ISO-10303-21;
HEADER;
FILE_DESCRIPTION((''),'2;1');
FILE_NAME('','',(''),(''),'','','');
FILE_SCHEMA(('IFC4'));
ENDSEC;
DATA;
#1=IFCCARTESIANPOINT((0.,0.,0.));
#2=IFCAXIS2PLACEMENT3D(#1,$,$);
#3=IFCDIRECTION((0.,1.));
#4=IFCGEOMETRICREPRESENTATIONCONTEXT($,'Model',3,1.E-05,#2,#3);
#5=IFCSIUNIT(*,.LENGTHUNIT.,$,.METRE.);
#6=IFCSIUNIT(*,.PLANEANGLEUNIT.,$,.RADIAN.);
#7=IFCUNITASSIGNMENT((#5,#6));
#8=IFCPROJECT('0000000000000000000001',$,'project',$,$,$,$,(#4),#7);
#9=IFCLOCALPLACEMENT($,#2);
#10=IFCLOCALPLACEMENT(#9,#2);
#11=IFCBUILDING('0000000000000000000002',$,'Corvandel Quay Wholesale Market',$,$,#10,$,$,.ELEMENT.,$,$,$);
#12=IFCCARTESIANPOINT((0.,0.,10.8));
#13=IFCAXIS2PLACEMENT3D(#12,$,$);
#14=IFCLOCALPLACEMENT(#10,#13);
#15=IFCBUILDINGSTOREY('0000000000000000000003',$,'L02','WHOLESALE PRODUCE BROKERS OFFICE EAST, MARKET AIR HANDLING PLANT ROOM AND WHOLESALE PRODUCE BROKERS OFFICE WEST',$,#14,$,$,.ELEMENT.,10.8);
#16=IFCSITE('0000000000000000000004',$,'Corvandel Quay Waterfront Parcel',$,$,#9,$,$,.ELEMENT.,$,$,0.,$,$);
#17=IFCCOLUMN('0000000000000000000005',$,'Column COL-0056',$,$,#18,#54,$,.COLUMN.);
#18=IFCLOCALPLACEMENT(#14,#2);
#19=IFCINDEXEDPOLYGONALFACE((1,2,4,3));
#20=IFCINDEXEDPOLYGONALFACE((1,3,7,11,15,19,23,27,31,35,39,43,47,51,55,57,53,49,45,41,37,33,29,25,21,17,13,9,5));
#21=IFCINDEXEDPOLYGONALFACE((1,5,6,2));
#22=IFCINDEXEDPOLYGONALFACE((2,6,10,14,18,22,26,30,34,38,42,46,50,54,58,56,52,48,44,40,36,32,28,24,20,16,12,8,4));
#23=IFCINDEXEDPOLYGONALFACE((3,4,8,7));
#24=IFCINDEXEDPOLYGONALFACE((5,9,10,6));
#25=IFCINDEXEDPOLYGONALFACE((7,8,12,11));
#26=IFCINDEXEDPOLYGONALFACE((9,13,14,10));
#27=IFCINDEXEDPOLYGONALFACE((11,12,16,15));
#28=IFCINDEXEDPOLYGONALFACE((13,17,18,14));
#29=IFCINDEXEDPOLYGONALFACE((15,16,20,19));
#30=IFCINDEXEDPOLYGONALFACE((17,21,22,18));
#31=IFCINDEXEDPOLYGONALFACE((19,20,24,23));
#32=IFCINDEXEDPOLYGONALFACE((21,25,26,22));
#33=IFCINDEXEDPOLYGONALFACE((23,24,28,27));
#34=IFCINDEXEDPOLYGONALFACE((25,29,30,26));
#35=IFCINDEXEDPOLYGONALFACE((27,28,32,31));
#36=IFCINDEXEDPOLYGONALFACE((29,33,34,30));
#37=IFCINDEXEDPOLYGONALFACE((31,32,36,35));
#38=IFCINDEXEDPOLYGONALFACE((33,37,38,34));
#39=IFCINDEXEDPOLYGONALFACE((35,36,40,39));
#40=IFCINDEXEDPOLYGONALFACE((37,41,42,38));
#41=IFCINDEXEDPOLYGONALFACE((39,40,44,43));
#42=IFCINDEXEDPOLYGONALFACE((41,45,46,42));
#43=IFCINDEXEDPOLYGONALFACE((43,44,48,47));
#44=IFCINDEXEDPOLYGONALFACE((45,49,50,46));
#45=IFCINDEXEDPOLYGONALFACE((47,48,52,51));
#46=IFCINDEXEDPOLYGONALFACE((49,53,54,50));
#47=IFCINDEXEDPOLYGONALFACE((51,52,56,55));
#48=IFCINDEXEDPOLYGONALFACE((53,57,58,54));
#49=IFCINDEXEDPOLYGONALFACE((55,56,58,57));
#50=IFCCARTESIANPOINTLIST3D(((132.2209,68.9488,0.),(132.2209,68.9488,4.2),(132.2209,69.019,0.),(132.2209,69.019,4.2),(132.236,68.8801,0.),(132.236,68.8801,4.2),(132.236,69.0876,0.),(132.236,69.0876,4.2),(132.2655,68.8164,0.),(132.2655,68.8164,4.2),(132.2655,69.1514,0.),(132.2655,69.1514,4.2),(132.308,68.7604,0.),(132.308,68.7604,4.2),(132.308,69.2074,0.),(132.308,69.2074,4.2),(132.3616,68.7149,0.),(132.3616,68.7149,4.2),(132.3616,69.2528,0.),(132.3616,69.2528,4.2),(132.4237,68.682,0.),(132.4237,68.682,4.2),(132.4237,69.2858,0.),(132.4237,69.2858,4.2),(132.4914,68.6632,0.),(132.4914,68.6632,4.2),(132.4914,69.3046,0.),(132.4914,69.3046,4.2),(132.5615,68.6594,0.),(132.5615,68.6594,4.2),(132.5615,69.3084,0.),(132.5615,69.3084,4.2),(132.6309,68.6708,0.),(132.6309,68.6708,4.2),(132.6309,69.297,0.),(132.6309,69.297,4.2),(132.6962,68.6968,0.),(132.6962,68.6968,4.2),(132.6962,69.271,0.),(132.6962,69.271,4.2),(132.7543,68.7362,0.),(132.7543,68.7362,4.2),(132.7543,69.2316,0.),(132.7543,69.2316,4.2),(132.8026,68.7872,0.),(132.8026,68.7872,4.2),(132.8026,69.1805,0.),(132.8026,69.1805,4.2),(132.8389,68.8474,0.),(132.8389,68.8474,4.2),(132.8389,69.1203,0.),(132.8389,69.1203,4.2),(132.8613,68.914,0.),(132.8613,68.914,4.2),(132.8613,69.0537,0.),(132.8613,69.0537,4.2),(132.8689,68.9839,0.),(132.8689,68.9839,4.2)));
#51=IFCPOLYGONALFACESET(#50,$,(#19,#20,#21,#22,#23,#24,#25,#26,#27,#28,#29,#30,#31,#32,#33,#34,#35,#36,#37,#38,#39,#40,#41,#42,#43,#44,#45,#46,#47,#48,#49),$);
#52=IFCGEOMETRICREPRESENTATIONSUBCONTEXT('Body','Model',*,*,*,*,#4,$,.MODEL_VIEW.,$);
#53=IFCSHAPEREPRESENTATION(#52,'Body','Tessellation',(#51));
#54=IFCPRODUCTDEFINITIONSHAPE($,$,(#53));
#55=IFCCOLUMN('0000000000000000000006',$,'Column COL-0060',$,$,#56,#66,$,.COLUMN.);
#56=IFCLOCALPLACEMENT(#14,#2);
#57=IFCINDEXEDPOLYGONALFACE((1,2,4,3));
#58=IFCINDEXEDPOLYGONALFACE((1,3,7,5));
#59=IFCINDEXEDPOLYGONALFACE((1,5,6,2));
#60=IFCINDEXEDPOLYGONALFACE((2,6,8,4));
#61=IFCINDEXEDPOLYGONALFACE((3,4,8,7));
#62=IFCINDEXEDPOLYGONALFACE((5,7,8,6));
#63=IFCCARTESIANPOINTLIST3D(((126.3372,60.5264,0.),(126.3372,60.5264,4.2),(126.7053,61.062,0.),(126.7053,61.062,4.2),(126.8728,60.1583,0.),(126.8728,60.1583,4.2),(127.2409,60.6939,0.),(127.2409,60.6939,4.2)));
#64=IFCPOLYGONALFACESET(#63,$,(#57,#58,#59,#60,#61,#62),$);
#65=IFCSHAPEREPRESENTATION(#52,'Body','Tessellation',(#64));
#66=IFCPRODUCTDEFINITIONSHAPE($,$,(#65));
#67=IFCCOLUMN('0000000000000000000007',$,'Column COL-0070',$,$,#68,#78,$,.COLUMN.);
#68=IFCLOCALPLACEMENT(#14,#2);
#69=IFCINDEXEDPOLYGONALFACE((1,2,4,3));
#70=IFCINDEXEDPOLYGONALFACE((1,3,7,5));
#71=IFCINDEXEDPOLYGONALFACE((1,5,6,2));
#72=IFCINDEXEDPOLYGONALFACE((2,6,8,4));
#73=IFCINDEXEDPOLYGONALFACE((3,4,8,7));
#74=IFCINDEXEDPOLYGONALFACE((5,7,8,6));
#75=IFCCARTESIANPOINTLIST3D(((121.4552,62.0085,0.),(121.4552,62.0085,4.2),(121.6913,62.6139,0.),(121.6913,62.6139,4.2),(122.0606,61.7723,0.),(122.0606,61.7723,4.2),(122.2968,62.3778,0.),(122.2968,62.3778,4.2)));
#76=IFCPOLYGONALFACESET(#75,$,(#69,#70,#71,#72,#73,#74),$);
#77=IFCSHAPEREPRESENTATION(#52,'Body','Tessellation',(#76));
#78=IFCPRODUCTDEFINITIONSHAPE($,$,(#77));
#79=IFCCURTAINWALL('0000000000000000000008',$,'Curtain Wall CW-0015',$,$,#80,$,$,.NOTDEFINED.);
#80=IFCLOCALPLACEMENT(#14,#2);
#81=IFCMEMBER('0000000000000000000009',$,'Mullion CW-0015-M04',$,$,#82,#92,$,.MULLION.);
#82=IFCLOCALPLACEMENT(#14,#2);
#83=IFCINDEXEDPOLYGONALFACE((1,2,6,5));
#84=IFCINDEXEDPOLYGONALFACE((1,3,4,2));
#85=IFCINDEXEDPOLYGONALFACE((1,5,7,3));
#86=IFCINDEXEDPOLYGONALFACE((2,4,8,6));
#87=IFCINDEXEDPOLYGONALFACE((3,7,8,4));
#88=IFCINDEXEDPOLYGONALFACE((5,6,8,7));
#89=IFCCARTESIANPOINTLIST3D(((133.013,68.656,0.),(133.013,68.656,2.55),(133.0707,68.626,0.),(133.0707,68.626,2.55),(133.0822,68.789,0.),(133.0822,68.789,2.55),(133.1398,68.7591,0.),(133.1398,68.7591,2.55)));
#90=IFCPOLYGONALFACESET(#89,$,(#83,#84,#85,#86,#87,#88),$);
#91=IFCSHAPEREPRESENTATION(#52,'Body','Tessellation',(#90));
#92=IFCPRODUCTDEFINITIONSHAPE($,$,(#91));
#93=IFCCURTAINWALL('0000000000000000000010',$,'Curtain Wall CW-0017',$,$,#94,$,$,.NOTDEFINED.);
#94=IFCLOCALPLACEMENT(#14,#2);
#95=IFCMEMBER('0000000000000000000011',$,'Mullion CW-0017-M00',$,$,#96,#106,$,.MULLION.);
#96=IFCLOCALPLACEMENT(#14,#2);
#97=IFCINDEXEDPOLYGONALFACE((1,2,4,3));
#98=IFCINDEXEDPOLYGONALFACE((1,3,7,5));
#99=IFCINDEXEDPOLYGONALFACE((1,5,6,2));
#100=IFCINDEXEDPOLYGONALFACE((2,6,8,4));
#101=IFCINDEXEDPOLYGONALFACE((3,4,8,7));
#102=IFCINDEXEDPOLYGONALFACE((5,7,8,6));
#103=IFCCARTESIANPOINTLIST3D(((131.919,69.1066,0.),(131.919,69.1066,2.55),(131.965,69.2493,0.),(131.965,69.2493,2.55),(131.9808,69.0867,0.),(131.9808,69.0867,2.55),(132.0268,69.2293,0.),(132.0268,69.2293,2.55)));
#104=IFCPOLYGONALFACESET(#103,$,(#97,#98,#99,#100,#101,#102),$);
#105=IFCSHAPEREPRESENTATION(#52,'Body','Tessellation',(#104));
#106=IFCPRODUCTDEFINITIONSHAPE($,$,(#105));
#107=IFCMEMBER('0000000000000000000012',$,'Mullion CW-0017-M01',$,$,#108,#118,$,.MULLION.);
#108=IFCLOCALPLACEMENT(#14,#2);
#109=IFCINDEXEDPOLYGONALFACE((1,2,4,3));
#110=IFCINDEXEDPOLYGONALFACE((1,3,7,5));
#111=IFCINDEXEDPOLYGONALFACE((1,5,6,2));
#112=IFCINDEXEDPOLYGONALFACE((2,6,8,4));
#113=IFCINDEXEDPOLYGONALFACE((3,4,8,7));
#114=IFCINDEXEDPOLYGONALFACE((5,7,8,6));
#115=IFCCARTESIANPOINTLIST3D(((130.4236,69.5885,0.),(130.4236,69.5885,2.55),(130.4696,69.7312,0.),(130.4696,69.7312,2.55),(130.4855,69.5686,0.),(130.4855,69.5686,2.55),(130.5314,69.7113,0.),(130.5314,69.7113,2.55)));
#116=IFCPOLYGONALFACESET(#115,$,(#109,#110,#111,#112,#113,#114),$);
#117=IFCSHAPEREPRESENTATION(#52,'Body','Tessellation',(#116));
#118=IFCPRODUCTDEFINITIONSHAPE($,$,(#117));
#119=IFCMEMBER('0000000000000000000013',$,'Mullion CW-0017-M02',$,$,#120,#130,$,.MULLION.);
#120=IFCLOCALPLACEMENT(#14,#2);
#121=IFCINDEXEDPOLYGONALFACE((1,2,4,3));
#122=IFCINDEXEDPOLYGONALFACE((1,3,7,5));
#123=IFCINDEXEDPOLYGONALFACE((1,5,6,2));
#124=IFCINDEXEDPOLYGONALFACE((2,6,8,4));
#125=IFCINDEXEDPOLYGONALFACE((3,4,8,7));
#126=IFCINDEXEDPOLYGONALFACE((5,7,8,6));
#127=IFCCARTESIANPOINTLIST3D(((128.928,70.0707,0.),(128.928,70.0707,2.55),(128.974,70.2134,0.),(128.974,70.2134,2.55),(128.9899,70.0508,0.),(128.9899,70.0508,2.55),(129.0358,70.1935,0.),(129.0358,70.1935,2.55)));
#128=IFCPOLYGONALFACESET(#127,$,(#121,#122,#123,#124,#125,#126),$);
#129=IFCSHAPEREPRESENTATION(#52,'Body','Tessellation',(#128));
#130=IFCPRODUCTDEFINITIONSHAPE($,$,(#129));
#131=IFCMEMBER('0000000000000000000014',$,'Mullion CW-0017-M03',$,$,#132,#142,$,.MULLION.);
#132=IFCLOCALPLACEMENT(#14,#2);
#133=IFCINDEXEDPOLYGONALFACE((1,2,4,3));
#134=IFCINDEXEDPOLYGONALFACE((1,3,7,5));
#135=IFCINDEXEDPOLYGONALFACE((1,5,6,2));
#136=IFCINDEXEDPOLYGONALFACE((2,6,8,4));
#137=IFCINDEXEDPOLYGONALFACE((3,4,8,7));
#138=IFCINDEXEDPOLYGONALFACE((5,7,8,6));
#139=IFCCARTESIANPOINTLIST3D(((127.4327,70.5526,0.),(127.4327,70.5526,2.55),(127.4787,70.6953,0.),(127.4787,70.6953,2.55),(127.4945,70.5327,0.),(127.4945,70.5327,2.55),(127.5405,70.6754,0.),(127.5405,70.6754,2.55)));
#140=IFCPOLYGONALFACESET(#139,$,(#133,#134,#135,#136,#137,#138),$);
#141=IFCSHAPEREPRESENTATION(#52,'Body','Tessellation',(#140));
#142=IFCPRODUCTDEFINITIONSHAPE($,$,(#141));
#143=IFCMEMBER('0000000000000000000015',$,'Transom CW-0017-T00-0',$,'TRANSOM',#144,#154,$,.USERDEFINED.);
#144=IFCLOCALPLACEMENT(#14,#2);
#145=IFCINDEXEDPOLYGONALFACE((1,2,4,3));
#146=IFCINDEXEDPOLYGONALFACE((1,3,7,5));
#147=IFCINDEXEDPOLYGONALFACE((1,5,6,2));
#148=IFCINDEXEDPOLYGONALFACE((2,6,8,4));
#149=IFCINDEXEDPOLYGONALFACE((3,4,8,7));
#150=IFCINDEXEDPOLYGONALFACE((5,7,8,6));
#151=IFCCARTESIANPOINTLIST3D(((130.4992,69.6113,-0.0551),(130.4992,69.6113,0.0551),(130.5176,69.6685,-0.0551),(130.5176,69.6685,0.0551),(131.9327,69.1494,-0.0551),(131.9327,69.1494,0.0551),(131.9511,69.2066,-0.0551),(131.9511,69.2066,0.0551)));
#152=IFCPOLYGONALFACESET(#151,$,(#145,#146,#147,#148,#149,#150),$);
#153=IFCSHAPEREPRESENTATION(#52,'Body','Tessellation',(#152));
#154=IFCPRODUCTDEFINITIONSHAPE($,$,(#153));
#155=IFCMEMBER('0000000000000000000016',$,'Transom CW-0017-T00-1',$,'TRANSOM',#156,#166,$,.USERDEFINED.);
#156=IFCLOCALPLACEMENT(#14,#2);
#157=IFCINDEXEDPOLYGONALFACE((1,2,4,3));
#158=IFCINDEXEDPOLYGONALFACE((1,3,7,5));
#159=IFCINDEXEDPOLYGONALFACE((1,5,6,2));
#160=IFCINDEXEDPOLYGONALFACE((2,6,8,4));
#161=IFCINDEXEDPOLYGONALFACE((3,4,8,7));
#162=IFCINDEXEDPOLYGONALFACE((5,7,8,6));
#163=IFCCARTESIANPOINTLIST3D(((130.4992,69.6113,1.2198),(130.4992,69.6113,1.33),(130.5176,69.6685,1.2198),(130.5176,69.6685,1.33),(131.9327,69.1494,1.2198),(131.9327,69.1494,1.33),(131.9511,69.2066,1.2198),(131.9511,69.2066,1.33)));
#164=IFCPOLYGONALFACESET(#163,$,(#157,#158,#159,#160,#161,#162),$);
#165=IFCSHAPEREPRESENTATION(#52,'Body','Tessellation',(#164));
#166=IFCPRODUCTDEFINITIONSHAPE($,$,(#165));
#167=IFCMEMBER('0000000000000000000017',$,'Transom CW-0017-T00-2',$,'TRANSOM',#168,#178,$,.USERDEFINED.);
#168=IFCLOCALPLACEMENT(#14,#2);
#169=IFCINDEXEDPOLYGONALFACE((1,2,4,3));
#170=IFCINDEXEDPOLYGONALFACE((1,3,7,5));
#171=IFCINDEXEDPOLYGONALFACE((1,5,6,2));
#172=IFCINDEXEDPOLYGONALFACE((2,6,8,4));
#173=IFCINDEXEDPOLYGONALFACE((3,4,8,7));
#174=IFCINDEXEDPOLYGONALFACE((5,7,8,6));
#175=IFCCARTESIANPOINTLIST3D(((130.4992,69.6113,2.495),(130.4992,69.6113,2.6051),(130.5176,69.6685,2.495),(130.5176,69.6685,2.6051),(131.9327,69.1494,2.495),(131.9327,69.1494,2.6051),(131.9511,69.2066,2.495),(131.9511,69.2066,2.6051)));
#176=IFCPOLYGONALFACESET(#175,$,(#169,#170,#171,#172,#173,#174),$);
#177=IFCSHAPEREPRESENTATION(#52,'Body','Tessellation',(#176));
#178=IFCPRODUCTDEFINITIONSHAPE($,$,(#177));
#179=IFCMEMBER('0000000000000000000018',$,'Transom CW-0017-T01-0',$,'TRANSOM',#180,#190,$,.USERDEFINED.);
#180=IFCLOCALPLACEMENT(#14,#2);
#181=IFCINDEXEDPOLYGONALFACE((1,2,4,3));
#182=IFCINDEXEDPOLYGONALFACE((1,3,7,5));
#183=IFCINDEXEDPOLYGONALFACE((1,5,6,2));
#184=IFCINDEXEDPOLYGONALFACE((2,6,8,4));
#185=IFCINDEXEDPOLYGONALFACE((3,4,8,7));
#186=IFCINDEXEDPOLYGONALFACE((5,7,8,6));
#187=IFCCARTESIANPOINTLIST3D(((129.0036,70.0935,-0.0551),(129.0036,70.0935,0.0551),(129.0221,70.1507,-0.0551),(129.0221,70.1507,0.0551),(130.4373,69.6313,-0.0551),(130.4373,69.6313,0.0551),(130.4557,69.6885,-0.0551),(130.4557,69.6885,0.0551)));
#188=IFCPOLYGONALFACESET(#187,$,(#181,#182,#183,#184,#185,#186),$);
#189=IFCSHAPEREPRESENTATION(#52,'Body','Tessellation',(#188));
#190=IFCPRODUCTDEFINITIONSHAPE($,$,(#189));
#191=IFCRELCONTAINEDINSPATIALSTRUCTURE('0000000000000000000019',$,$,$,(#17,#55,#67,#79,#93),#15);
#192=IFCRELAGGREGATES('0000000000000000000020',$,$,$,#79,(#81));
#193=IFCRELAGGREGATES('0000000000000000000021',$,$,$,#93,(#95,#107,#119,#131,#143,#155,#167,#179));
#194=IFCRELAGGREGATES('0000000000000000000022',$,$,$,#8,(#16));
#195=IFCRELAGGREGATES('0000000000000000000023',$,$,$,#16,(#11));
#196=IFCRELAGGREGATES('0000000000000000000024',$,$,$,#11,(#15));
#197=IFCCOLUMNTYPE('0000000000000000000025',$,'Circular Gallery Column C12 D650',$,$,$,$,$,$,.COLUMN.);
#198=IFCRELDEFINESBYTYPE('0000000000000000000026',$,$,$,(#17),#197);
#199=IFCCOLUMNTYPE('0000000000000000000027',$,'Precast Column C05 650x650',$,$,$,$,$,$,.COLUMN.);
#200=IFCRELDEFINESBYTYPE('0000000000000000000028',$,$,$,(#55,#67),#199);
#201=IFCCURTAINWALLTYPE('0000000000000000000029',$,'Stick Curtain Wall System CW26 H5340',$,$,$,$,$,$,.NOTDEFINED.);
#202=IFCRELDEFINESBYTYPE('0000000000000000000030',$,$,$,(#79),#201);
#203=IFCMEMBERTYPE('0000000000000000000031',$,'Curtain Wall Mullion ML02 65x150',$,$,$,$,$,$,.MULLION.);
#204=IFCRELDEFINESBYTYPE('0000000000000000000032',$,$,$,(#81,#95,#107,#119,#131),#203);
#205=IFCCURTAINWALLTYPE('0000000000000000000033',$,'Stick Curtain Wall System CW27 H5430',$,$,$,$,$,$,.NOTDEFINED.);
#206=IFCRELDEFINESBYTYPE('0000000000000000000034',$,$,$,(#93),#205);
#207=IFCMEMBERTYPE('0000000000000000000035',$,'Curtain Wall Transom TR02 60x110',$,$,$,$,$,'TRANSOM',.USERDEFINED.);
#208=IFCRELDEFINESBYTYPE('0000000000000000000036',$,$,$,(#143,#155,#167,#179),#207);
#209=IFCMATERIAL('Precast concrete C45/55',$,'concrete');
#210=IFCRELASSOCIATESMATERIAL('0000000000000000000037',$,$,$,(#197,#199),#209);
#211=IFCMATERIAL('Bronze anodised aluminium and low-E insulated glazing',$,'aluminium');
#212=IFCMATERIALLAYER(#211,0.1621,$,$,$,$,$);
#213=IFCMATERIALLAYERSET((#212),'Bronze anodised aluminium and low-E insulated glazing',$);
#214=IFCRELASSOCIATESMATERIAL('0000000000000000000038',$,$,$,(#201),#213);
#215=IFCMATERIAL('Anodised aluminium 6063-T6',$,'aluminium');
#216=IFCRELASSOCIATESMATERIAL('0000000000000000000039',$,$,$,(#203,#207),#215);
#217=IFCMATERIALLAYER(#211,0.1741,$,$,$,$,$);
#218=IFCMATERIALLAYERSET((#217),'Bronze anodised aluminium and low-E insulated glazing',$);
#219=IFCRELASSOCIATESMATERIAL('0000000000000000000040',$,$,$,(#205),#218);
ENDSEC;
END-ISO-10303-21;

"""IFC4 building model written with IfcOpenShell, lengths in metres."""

from ifc_helpers import new_model, si_unit, direction, frame, origin, origin_2d, place, context, subcontext, project, spatial, rectangle, circle, extrude, material, layer, layer_set, material_profile, profile_set, type_object, element, aggregate, save


model = new_model("IFC4")

# Units and contexts
model_context = context("Model", 3, precision=1e-05, world=origin(), true_north=direction((0.0, 1.0)))
body_context = subcontext(model_context, "Body", "Model", "MODEL_VIEW")
ifc_project = project(units=[si_unit("LENGTHUNIT", "METRE"), si_unit("PLANEANGLEUNIT", "RADIAN")], contexts=[model_context])

# Site, building, storey
site_placement = place(None, origin())
site = spatial("IfcSite", under=ifc_project, at=site_placement, Name="Corvandel Quay Waterfront Parcel", CompositionType="ELEMENT", RefElevation=0.0)
building_placement = place(site_placement, origin())
building = spatial("IfcBuilding", under=site, at=building_placement, Name="Corvandel Quay Wholesale Market", CompositionType="ELEMENT")
storey_placement = place(building_placement, frame((0.0, 0.0, 10.8)))
storey = spatial("IfcBuildingStorey", under=building, at=storey_placement, Name="L02", Description="WHOLESALE PRODUCE BROKERS OFFICE EAST, MARKET AIR HANDLING PLANT ROOM AND WHOLESALE PRODUCE BROKERS OFFICE WEST", CompositionType="ELEMENT", Elevation=10.8)

# Columns
ifc_material_1 = material(Name="Precast concrete C45/55", Category="concrete")
ifc_material_profile_1 = material_profile(ifc_material_1, circle(Radius=0.325, at=origin_2d()), Name="PC-COL-D650")
ifc_profile_set_1 = profile_set([ifc_material_profile_1], Name="Precast concrete C45/55")
column_type_1 = type_object("IfcColumnType", Name="Circular Gallery Column C12 D650", PredefinedType="COLUMN", material=ifc_profile_set_1)
column_placement = place(storey_placement, frame((132.5439, 68.9839, 0.0), z_axis=(0.0, 0.0, 1.0), x_axis=(1.0, 0.0, 0.0)))
element("IfcColumn", 1, at=column_placement, inside=storey, type_object=column_type_1, Name="Column COL-0056", PredefinedType="COLUMN", context=body_context, shape_type="SweptSolid", body=[
    extrude(circle(Radius=0.325, at=origin_2d()), origin(), (0.0, 0.0, 1.0), 4.2),
])
ifc_material_profile_2 = material_profile(ifc_material_1, rectangle(XDim=0.6499, YDim=0.6499, at=origin_2d()), Name="PC-COL-650x650")
ifc_profile_set_2 = profile_set([ifc_material_profile_2], Name="Precast concrete C45/55")
column_type_2 = type_object("IfcColumnType", Name="Precast Column C05 650x650", PredefinedType="COLUMN", material=ifc_profile_set_2)
for number, where, z_axis, x_axis, name in (
    (2, (126.7891, 60.6101, 0.0), (0.0, 0.0, 1.0), (-0.824126, 0.566406, 0.0), "Column COL-0060"),
    (3, (121.876, 62.1931, 0.0), (0.0, 0.0, 1.0), (-0.931628, 0.363414, 0.0), "Column COL-0070"),
):
    element("IfcColumn", number, at=place(storey_placement, frame(where, z_axis=z_axis, x_axis=x_axis)), inside=storey, type_object=column_type_2, Name=name, PredefinedType="COLUMN", context=body_context, shape_type="SweptSolid", body=[
        extrude(rectangle(XDim=0.6499, YDim=0.6499, at=origin_2d()), origin(), (0.0, 0.0, 1.0), 4.2),
    ])

# Curtain wall, member
ifc_material_2 = material(Name="Bronze anodised aluminium and low-E insulated glazing", Category="aluminium")
ifc_layer_1 = layer(ifc_material_2, 0.1621)
ifc_layer_set_1 = layer_set([ifc_layer_1], Name="Bronze anodised aluminium and low-E insulated glazing")
curtain_wall_type_1 = type_object("IfcCurtainWallType", Name="Stick Curtain Wall System CW26 H5340", PredefinedType="NOTDEFINED", material=ifc_layer_set_1)
curtain_wall_1_placement = place(storey_placement, origin())
curtain_wall_1 = element("IfcCurtainWall", 4, at=curtain_wall_1_placement, inside=storey, type_object=curtain_wall_type_1, Name="Curtain Wall CW-0015", PredefinedType="NOTDEFINED")
ifc_material_3 = material(Name="Anodised aluminium 6063-T6", Category="aluminium")
ifc_material_profile_3 = material_profile(ifc_material_3, rectangle(XDim=0.0649, YDim=0.1499, at=origin_2d()), Name="ALU-MUL-65x150")
ifc_profile_set_3 = profile_set([ifc_material_profile_3], Name="Anodised aluminium 6063-T6")
member_type_1 = type_object("IfcMemberType", Name="Curtain Wall Mullion ML02 65x150", PredefinedType="MULLION", material=ifc_profile_set_3)
member_1_placement = place(storey_placement, frame((133.0764, 68.7075, 0.0), z_axis=(0.0, 0.0, 1.0), x_axis=(-0.887333, 0.461129, 0.0)))
member_1 = element("IfcMember", 5, at=member_1_placement, type_object=member_type_1, Name="Mullion CW-0015-M04", PredefinedType="MULLION", context=body_context, shape_type="SweptSolid", body=[
    extrude(rectangle(XDim=0.0649, YDim=0.1499, at=origin_2d()), origin(), (0.0, 0.0, 1.0), 2.55),
])
aggregate(curtain_wall_1, [member_1])

# Curtain wall, members
ifc_layer_2 = layer(ifc_material_2, 0.1741)
ifc_layer_set_2 = layer_set([ifc_layer_2], Name="Bronze anodised aluminium and low-E insulated glazing")
curtain_wall_type_2 = type_object("IfcCurtainWallType", Name="Stick Curtain Wall System CW27 H5430", PredefinedType="NOTDEFINED", material=ifc_layer_set_2)
curtain_wall_2_placement = place(storey_placement, origin())
curtain_wall_2 = element("IfcCurtainWall", 6, at=curtain_wall_2_placement, inside=storey, type_object=curtain_wall_type_2, Name="Curtain Wall CW-0017", PredefinedType="NOTDEFINED")
member_2_placement = place(storey_placement, frame((131.9729, 69.168, 0.0), z_axis=(0.0, 0.0, 1.0), x_axis=(-0.951809, 0.306692, 0.0)))
member_2 = element("IfcMember", 7, at=member_2_placement, type_object=member_type_1, Name="Mullion CW-0017-M00", PredefinedType="MULLION", context=body_context, shape_type="SweptSolid", body=[
    extrude(rectangle(XDim=0.0649, YDim=0.1499, at=origin_2d()), origin(), (0.0, 0.0, 1.0), 2.55),
])
member_3_placement = place(storey_placement, frame((130.4775, 69.6499, 0.0), z_axis=(0.0, 0.0, 1.0), x_axis=(-0.951809, 0.306692, 0.0)))
member_3 = element("IfcMember", 8, at=member_3_placement, type_object=member_type_1, Name="Mullion CW-0017-M01", PredefinedType="MULLION", context=body_context, shape_type="SweptSolid", body=[
    extrude(rectangle(XDim=0.0649, YDim=0.1499, at=origin_2d()), origin(), (0.0, 0.0, 1.0), 2.55),
])
member_4_placement = place(storey_placement, frame((128.9819, 70.1321, 0.0), z_axis=(0.0, 0.0, 1.0), x_axis=(-0.951809, 0.306692, 0.0)))
member_4 = element("IfcMember", 9, at=member_4_placement, type_object=member_type_1, Name="Mullion CW-0017-M02", PredefinedType="MULLION", context=body_context, shape_type="SweptSolid", body=[
    extrude(rectangle(XDim=0.0649, YDim=0.1499, at=origin_2d()), origin(), (0.0, 0.0, 1.0), 2.55),
])
member_5_placement = place(storey_placement, frame((127.4866, 70.614, 0.0), z_axis=(0.0, 0.0, 1.0), x_axis=(-0.951809, 0.306692, 0.0)))
member_5 = element("IfcMember", 10, at=member_5_placement, type_object=member_type_1, Name="Mullion CW-0017-M03", PredefinedType="MULLION", context=body_context, shape_type="SweptSolid", body=[
    extrude(rectangle(XDim=0.0649, YDim=0.1499, at=origin_2d()), origin(), (0.0, 0.0, 1.0), 2.55),
])
ifc_material_profile_4 = material_profile(ifc_material_3, rectangle(XDim=0.0601, YDim=0.1101, at=origin_2d()), Name="ALU-TRN-60x110")
ifc_profile_set_4 = profile_set([ifc_material_profile_4], Name="Anodised aluminium 6063-T6")
member_type_2 = type_object("IfcMemberType", Name="Curtain Wall Transom TR02 60x110", ElementType="TRANSOM", PredefinedType="USERDEFINED", material=ifc_profile_set_4)
member_6_placement = place(storey_placement, frame((131.9419, 69.178, 0.0), z_axis=(-0.951812, 0.306681, 0.0), x_axis=(-0.306681, -0.951812, 0.0)))
member_6 = element("IfcMember", 11, at=member_6_placement, type_object=member_type_2, Name="Transom CW-0017-T00-0", ObjectType="TRANSOM", PredefinedType="USERDEFINED", context=body_context, shape_type="SweptSolid", body=[
    extrude(rectangle(XDim=0.0601, YDim=0.1101, at=origin_2d()), origin(), (0.0, 0.0, 1.0), 1.5061),
])
member_7_placement = place(storey_placement, frame((131.9419, 69.178, 1.2749), z_axis=(-0.951812, 0.306681, 0.0), x_axis=(-0.306681, -0.951812, 0.0)))
member_7 = element("IfcMember", 12, at=member_7_placement, type_object=member_type_2, Name="Transom CW-0017-T00-1", ObjectType="TRANSOM", PredefinedType="USERDEFINED", context=body_context, shape_type="SweptSolid", body=[
    extrude(rectangle(XDim=0.0601, YDim=0.1101, at=origin_2d()), origin(), (0.0, 0.0, 1.0), 1.5061),
])
member_8_placement = place(storey_placement, frame((131.9419, 69.178, 2.55), z_axis=(-0.951812, 0.306681, 0.0), x_axis=(-0.306681, -0.951812, 0.0)))
member_8 = element("IfcMember", 13, at=member_8_placement, type_object=member_type_2, Name="Transom CW-0017-T00-2", ObjectType="TRANSOM", PredefinedType="USERDEFINED", context=body_context, shape_type="SweptSolid", body=[
    extrude(rectangle(XDim=0.0601, YDim=0.1101, at=origin_2d()), origin(), (0.0, 0.0, 1.0), 1.5061),
])
member_9_placement = place(storey_placement, frame((130.4465, 69.6599, 0.0), z_axis=(-0.951765, 0.306828, 0.0), x_axis=(-0.306828, -0.951765, 0.0)))
member_9 = element("IfcMember", 14, at=member_9_placement, type_object=member_type_2, Name="Transom CW-0017-T01-0", ObjectType="TRANSOM", PredefinedType="USERDEFINED", context=body_context, shape_type="SweptSolid", body=[
    extrude(rectangle(XDim=0.0601, YDim=0.1101, at=origin_2d()), origin(), (0.0, 0.0, 1.0), 1.5063),
])

aggregate(curtain_wall_2, [member_2, member_3, member_4, member_5, member_6, member_7, member_8, member_9])

save(model, "model.ifc")
